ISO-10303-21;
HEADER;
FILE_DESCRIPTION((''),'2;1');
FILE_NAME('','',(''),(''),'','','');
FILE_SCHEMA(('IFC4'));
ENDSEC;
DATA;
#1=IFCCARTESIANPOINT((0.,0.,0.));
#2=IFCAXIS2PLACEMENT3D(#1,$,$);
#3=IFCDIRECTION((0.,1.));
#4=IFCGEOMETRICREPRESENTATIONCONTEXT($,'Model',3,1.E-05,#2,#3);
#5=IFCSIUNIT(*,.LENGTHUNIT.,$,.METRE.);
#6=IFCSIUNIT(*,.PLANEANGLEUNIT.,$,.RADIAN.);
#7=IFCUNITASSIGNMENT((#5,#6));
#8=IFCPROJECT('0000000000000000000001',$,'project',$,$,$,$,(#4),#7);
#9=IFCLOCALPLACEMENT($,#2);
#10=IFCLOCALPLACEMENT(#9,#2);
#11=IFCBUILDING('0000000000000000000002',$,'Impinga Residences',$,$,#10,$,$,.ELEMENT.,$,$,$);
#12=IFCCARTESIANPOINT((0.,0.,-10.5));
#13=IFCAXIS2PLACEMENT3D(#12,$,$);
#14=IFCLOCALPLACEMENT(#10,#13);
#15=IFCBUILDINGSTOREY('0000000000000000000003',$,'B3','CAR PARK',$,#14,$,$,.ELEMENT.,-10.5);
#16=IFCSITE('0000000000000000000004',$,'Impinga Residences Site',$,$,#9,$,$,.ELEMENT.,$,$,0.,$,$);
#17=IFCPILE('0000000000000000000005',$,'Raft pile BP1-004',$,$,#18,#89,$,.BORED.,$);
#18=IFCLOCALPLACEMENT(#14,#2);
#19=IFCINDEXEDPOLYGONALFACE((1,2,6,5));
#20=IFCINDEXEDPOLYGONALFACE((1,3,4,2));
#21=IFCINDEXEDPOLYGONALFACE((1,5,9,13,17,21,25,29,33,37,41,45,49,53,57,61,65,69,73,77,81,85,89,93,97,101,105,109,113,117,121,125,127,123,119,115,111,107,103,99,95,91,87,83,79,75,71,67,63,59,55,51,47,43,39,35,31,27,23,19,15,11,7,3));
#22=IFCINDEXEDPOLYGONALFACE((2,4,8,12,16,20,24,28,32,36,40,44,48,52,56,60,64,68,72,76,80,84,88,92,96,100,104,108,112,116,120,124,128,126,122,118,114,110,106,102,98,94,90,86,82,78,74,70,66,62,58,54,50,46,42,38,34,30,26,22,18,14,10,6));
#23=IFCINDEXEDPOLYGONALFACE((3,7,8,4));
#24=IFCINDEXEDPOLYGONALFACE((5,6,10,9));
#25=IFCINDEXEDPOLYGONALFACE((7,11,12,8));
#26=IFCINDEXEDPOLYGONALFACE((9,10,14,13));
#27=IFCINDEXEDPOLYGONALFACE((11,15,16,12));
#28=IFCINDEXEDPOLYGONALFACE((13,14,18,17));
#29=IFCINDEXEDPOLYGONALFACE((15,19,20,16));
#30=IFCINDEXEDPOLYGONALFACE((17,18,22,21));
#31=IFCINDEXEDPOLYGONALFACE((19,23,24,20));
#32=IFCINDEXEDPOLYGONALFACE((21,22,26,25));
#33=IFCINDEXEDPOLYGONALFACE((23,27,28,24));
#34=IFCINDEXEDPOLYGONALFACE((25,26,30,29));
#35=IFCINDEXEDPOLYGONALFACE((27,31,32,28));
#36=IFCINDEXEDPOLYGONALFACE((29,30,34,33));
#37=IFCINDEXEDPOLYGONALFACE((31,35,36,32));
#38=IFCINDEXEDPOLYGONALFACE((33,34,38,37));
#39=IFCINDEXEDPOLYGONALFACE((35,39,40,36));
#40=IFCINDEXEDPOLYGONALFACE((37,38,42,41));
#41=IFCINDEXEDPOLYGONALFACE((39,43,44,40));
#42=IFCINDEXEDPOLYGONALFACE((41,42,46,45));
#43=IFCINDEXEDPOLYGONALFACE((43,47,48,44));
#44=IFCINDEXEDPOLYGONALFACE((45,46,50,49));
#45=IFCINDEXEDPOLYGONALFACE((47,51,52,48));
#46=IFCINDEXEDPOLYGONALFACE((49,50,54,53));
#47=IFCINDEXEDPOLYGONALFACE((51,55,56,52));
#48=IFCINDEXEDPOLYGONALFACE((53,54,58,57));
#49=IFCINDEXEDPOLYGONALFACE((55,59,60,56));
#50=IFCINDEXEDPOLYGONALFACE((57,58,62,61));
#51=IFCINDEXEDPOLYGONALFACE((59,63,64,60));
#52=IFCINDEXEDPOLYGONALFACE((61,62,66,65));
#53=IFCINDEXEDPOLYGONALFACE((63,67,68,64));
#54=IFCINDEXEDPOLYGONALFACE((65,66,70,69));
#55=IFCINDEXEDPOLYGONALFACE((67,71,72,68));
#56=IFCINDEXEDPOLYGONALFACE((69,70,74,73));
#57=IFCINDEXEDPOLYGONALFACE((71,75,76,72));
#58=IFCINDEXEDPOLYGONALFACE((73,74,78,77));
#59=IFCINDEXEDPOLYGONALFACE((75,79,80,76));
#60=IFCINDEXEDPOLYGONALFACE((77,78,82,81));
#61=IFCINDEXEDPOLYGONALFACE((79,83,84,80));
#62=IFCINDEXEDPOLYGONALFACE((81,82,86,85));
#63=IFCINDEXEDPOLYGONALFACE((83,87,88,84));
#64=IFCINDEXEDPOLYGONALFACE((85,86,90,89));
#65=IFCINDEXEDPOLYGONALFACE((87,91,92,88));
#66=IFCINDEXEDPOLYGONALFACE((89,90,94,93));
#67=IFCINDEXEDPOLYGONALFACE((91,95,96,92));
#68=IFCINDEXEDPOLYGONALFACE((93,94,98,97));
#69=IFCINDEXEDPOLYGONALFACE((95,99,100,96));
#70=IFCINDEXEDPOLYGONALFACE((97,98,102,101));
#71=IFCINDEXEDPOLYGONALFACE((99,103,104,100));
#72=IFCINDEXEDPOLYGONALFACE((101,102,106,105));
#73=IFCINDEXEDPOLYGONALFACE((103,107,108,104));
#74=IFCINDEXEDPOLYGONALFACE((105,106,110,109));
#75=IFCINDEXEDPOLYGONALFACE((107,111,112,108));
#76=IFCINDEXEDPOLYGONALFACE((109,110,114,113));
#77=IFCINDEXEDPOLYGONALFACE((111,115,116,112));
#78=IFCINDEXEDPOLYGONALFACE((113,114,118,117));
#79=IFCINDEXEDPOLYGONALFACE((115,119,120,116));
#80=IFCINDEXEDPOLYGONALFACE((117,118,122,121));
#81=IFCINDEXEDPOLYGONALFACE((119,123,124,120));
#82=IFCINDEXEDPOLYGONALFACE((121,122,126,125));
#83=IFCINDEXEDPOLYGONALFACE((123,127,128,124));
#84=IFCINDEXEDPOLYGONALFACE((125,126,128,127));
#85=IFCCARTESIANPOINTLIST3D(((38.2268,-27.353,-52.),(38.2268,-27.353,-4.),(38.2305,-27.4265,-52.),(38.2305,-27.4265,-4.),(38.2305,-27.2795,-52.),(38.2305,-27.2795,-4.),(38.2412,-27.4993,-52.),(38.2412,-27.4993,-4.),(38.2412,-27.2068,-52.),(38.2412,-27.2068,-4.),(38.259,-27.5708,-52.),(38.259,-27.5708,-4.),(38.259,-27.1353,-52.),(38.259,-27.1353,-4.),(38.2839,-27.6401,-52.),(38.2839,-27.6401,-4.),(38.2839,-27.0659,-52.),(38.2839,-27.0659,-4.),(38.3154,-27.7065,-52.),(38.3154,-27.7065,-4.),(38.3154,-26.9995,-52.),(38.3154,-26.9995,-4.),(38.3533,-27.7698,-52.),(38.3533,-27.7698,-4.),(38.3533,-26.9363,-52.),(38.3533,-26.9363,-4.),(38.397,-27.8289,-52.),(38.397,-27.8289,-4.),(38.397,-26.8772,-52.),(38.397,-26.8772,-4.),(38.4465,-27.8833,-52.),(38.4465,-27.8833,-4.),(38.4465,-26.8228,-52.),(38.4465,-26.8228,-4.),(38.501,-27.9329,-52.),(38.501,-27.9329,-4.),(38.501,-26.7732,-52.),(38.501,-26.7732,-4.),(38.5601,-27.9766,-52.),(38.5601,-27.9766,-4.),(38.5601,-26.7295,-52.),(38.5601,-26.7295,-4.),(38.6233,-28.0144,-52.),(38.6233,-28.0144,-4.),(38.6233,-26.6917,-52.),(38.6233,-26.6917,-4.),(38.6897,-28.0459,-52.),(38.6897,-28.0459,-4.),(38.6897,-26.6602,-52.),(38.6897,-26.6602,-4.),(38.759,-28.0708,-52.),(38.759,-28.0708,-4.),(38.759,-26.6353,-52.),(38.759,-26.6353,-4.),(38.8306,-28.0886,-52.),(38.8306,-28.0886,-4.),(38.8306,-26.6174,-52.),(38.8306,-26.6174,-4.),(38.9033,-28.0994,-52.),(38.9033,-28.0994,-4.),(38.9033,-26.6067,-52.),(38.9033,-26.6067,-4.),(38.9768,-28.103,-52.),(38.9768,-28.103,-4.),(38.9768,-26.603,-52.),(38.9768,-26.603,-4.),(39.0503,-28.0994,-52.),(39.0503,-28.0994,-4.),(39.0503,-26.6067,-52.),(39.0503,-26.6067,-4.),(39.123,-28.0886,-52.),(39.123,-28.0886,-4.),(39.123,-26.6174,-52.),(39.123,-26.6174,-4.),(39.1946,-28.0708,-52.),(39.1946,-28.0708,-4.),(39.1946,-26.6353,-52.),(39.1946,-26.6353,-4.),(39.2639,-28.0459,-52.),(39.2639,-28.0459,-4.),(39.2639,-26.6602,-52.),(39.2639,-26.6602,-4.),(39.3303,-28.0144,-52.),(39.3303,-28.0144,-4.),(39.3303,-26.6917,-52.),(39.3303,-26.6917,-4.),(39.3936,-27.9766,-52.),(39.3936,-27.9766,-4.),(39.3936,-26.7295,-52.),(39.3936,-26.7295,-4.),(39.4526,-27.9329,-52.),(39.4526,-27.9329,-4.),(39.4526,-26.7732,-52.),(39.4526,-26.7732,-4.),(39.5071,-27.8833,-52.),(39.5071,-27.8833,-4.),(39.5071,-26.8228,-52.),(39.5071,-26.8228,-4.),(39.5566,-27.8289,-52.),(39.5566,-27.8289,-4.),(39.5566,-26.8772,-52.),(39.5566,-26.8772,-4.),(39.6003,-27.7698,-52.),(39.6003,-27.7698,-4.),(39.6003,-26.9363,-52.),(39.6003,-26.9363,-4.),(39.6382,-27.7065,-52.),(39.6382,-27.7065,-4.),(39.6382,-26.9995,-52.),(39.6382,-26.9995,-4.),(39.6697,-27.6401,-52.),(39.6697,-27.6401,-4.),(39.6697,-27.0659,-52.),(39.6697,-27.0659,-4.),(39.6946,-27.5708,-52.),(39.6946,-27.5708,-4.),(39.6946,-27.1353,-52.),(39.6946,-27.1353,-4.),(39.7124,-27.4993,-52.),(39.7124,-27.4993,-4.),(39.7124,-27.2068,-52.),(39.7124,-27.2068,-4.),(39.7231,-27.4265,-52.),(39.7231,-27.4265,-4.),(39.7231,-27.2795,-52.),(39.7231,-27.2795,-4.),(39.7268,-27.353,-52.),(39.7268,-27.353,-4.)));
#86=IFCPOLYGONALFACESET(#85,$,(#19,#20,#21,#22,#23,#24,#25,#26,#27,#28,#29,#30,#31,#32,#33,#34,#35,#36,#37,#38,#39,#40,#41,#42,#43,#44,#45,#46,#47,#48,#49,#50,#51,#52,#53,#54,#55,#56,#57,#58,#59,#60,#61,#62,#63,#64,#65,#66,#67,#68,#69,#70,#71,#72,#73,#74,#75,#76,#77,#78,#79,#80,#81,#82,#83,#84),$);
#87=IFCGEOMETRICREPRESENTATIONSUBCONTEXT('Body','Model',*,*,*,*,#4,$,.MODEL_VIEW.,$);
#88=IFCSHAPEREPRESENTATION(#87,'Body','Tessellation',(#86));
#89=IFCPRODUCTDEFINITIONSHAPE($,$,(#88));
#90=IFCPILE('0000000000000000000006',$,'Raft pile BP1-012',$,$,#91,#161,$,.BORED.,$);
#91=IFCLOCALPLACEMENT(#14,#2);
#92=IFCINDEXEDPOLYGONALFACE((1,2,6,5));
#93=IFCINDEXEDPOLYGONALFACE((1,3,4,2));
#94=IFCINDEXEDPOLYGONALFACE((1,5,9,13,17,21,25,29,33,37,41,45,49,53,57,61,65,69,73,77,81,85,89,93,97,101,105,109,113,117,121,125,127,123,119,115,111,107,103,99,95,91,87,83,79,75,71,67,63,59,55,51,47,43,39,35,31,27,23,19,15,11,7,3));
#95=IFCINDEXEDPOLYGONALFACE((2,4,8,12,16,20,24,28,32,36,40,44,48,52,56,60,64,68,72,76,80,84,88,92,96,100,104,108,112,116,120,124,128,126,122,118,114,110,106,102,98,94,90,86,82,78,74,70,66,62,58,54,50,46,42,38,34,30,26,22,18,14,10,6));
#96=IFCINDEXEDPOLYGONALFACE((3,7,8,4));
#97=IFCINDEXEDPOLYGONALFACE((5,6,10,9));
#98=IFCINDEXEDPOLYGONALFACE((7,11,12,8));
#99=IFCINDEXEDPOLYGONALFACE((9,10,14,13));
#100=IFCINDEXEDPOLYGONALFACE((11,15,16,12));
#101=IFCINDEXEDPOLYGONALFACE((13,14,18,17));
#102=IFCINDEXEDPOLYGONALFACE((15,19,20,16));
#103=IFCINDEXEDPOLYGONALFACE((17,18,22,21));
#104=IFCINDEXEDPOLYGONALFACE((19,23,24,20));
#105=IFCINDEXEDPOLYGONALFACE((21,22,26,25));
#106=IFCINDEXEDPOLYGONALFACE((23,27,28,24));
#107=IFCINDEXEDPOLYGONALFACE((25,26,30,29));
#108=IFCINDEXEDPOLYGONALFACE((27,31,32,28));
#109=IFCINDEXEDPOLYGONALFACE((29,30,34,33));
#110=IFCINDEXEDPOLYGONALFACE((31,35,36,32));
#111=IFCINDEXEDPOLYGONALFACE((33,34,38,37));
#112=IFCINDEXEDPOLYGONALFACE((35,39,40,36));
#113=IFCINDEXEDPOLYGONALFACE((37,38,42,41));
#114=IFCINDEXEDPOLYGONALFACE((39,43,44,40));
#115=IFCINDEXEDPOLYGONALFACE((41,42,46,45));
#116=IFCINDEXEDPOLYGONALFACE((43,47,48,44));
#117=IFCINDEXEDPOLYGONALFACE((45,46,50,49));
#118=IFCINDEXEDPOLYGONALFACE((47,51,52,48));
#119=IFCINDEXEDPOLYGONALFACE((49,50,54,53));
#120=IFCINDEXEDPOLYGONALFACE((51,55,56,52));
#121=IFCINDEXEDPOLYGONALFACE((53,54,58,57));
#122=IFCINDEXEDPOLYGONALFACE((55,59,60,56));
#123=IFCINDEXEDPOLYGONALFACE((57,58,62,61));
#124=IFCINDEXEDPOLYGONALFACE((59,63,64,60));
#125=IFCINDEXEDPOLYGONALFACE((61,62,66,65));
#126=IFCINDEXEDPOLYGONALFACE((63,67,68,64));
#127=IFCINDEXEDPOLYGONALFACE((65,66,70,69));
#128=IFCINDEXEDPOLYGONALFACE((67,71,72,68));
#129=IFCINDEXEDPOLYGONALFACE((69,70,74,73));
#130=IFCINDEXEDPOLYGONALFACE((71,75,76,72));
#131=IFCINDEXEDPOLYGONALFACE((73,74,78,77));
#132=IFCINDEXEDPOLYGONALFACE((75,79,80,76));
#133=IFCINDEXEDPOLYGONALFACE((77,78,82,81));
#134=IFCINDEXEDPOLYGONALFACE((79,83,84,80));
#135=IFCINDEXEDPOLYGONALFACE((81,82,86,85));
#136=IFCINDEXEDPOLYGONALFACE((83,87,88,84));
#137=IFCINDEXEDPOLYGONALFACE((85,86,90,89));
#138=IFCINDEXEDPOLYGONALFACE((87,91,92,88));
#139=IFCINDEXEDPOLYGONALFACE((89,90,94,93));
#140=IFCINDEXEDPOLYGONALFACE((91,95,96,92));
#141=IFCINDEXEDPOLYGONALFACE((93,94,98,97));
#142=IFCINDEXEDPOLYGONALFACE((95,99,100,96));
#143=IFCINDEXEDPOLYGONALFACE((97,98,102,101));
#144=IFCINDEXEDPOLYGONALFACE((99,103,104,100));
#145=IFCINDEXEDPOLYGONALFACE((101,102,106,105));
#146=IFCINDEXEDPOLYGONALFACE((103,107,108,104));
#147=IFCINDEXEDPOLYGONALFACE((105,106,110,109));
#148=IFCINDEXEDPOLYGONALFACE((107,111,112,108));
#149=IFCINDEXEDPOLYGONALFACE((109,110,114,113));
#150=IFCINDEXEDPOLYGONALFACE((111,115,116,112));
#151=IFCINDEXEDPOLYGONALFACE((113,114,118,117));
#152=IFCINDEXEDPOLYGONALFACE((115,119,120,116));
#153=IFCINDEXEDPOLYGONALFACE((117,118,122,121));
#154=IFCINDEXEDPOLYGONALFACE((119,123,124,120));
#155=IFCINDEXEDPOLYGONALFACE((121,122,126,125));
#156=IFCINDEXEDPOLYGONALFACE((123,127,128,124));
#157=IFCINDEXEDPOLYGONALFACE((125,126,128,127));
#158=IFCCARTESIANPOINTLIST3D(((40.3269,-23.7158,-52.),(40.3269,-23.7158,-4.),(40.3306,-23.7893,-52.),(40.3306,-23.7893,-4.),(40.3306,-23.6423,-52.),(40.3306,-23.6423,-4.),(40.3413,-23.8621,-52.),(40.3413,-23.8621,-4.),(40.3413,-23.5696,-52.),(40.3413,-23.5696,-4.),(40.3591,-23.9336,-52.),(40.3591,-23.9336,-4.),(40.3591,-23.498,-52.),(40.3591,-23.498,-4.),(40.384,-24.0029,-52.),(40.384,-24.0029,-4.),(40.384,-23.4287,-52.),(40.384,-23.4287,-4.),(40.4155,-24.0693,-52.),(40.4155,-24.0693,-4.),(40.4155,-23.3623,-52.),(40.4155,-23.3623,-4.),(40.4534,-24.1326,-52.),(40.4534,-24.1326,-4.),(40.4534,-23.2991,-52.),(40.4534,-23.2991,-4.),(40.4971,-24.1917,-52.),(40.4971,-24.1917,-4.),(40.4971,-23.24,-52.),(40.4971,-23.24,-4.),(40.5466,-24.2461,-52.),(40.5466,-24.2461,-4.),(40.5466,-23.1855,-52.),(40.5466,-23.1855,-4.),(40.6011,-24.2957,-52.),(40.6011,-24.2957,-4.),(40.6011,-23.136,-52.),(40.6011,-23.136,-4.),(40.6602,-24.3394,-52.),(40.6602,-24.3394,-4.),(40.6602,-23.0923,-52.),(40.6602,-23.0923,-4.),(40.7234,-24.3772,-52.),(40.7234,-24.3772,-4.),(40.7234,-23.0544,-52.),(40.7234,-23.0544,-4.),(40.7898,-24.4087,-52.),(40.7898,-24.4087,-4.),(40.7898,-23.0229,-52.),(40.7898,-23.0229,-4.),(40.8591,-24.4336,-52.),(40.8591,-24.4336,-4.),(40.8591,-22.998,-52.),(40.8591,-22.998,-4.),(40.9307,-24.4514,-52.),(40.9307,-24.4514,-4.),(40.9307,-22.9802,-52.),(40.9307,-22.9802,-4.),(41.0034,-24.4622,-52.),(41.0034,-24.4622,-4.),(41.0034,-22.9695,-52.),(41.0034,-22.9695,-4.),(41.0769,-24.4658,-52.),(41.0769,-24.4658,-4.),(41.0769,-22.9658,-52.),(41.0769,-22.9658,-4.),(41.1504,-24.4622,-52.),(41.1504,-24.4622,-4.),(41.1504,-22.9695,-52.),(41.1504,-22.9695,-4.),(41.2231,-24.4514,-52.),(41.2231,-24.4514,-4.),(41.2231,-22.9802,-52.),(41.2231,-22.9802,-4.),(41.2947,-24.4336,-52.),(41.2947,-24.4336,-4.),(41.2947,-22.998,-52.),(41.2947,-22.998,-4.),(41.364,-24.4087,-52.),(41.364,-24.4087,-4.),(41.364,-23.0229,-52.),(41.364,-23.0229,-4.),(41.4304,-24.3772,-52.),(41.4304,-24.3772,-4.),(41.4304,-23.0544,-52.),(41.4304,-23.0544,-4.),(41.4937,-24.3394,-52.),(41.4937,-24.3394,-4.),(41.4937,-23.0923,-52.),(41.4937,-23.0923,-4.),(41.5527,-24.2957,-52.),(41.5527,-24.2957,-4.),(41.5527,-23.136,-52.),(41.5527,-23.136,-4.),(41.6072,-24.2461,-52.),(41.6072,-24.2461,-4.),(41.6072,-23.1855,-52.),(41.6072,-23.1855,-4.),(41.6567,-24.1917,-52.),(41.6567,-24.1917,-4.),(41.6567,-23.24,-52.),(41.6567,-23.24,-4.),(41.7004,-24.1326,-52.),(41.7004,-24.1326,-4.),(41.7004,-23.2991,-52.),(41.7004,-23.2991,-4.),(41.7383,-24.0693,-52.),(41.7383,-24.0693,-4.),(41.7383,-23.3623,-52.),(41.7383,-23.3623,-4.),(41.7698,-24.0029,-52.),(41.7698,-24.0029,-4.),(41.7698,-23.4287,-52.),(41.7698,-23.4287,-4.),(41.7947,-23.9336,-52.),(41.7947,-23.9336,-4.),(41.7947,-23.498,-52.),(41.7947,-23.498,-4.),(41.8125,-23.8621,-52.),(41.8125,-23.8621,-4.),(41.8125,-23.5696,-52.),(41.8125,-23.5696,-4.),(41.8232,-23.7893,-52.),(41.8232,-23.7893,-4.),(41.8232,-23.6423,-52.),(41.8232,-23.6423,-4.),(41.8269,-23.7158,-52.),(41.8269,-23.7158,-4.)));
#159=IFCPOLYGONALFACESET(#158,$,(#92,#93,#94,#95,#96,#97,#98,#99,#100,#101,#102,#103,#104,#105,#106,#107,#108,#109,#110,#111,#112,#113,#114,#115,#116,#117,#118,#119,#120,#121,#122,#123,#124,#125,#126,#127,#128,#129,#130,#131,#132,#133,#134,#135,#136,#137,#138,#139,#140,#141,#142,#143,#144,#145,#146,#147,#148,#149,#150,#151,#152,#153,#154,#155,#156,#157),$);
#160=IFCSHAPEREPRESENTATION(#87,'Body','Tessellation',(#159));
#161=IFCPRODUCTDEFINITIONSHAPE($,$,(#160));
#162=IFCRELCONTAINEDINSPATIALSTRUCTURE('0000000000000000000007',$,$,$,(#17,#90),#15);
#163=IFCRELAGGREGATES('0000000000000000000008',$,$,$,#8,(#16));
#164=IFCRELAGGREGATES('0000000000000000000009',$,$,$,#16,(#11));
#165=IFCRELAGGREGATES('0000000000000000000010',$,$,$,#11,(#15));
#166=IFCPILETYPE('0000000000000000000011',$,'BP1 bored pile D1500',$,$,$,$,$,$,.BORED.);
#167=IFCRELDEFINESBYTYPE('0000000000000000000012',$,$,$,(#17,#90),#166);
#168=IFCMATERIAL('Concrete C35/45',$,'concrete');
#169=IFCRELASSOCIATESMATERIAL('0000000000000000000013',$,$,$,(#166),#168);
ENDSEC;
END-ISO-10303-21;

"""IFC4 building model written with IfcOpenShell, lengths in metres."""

from ifc_helpers import new_model, si_unit, direction, frame, origin, origin_2d, place, context, subcontext, project, spatial, polyline, circle, outline, extrude, material, material_profile, profile_set, type_object, element, save


model = new_model("IFC4")

# Units and contexts
model_context = context("Model", 3, precision=1e-05, world=origin(), true_north=direction((0.0, 1.0)))
body_context = subcontext(model_context, "Body", "Model", "MODEL_VIEW")
ifc_project = project(units=[si_unit("LENGTHUNIT", "METRE"), si_unit("PLANEANGLEUNIT", "RADIAN")], contexts=[model_context])

# Site, building, storey
site_placement = place(None, origin())
site = spatial("IfcSite", under=ifc_project, at=site_placement, Name="Impinga Residences Site", CompositionType="ELEMENT", RefElevation=0.0)
building_placement = place(site_placement, origin())
building = spatial("IfcBuilding", under=site, at=building_placement, Name="Impinga Residences", CompositionType="ELEMENT")
storey_placement = place(building_placement, frame((0.0, 0.0, -10.5)))
storey = spatial("IfcBuildingStorey", under=building, at=storey_placement, Name="B3", Description="CAR PARK", CompositionType="ELEMENT", Elevation=-10.5)

# Piles
ifc_material_1 = material(Name="Concrete C35/45", Category="concrete")
ifc_material_profile_1 = material_profile(ifc_material_1, circle(Radius=0.75, at=origin_2d()), Name="D1500")
ifc_profile_set_1 = profile_set([ifc_material_profile_1], Name="Concrete C35/45")
pile_type_1 = type_object("IfcPileType", Name="BP1 bored pile D1500", PredefinedType="BORED", material=ifc_profile_set_1)
pile_1_placement = place(storey_placement, frame((38.9768, -27.353, -4.0), z_axis=(0.0, 0.0, -1.0), x_axis=(1.0, 0.0, 0.0)))
element("IfcPile", 1, at=pile_1_placement, inside=storey, type_object=pile_type_1, Name="Raft pile BP1-004", PredefinedType="BORED", context=body_context, shape_type="SweptSolid", body=[
    extrude(outline(polyline([(0.75, 0.0), (0.7463, 0.0735), (0.7356, 0.1462), (0.7178, 0.2178), (0.6929, 0.2871), (0.6614, 0.3535), (0.6235, 0.4167), (0.5798, 0.4758), (0.5303, 0.5303), (0.4758, 0.5798), (0.4167, 0.6235), (0.3535, 0.6614), (0.2871, 0.6929), (0.2178, 0.7178), (0.1462, 0.7356), (0.0735, 0.7463), (0.0, 0.75), (-0.0735, 0.7463), (-0.1462, 0.7356), (-0.2178, 0.7178), (-0.2871, 0.6929), (-0.3535, 0.6614), (-0.4167, 0.6235), (-0.4758, 0.5798), (-0.5303, 0.5303), (-0.5798, 0.4758), (-0.6235, 0.4167), (-0.6614, 0.3535), (-0.6929, 0.2871), (-0.7178, 0.2178), (-0.7356, 0.1462), (-0.7463, 0.0735), (-0.75, 0.0), (-0.7463, -0.0735), (-0.7356, -0.1462), (-0.7178, -0.2178), (-0.6929, -0.2871), (-0.6614, -0.3535), (-0.6235, -0.4167), (-0.5798, -0.4758), (-0.5303, -0.5303), (-0.4758, -0.5798), (-0.4167, -0.6235), (-0.3535, -0.6614), (-0.2871, -0.6929), (-0.2178, -0.7178), (-0.1462, -0.7356), (-0.0735, -0.7463), (0.0, -0.75), (0.0735, -0.7463), (0.1462, -0.7356), (0.2178, -0.7178), (0.2871, -0.6929), (0.3535, -0.6614), (0.4167, -0.6235), (0.4758, -0.5798), (0.5303, -0.5303), (0.5798, -0.4758), (0.6235, -0.4167), (0.6614, -0.3535), (0.6929, -0.2871), (0.7178, -0.2178), (0.7356, -0.1462), (0.7463, -0.0735), (0.75, 0.0)])), origin(), (0.0, 0.0, 1.0), 48.0),
])
pile_2_placement = place(storey_placement, frame((41.0769, -23.7158, -4.0), z_axis=(0.0, 0.0, -1.0), x_axis=(1.0, 0.0, 0.0)))
element("IfcPile", 2, at=pile_2_placement, inside=storey, type_object=pile_type_1, Name="Raft pile BP1-012", PredefinedType="BORED", context=body_context, shape_type="SweptSolid", body=[
    extrude(outline(polyline([(0.75, 0.0), (0.7463, 0.0735), (0.7356, 0.1462), (0.7178, 0.2178), (0.6929, 0.2871), (0.6614, 0.3535), (0.6235, 0.4167), (0.5798, 0.4758), (0.5303, 0.5303), (0.4758, 0.5798), (0.4167, 0.6235), (0.3535, 0.6614), (0.2871, 0.6929), (0.2178, 0.7178), (0.1462, 0.7356), (0.0735, 0.7463), (0.0, 0.75), (-0.0735, 0.7463), (-0.1462, 0.7356), (-0.2178, 0.7178), (-0.2871, 0.6929), (-0.3535, 0.6614), (-0.4167, 0.6235), (-0.4758, 0.5798), (-0.5303, 0.5303), (-0.5798, 0.4758), (-0.6235, 0.4167), (-0.6614, 0.3535), (-0.6929, 0.2871), (-0.7178, 0.2178), (-0.7356, 0.1462), (-0.7463, 0.0735), (-0.75, 0.0), (-0.7463, -0.0735), (-0.7356, -0.1462), (-0.7178, -0.2178), (-0.6929, -0.2871), (-0.6614, -0.3535), (-0.6235, -0.4167), (-0.5798, -0.4758), (-0.5303, -0.5303), (-0.4758, -0.5798), (-0.4167, -0.6235), (-0.3535, -0.6614), (-0.2871, -0.6929), (-0.2178, -0.7178), (-0.1462, -0.7356), (-0.0735, -0.7463), (0.0, -0.75), (0.0735, -0.7463), (0.1462, -0.7356), (0.2178, -0.7178), (0.2871, -0.6929), (0.3535, -0.6614), (0.4167, -0.6235), (0.4758, -0.5798), (0.5303, -0.5303), (0.5798, -0.4758), (0.6235, -0.4167), (0.6614, -0.3535), (0.6929, -0.2871), (0.7178, -0.2178), (0.7356, -0.1462), (0.7463, -0.0735), (0.75, 0.0)])), origin(), (0.0, 0.0, 1.0), 48.0),
])

save(model, "model.ifc")
